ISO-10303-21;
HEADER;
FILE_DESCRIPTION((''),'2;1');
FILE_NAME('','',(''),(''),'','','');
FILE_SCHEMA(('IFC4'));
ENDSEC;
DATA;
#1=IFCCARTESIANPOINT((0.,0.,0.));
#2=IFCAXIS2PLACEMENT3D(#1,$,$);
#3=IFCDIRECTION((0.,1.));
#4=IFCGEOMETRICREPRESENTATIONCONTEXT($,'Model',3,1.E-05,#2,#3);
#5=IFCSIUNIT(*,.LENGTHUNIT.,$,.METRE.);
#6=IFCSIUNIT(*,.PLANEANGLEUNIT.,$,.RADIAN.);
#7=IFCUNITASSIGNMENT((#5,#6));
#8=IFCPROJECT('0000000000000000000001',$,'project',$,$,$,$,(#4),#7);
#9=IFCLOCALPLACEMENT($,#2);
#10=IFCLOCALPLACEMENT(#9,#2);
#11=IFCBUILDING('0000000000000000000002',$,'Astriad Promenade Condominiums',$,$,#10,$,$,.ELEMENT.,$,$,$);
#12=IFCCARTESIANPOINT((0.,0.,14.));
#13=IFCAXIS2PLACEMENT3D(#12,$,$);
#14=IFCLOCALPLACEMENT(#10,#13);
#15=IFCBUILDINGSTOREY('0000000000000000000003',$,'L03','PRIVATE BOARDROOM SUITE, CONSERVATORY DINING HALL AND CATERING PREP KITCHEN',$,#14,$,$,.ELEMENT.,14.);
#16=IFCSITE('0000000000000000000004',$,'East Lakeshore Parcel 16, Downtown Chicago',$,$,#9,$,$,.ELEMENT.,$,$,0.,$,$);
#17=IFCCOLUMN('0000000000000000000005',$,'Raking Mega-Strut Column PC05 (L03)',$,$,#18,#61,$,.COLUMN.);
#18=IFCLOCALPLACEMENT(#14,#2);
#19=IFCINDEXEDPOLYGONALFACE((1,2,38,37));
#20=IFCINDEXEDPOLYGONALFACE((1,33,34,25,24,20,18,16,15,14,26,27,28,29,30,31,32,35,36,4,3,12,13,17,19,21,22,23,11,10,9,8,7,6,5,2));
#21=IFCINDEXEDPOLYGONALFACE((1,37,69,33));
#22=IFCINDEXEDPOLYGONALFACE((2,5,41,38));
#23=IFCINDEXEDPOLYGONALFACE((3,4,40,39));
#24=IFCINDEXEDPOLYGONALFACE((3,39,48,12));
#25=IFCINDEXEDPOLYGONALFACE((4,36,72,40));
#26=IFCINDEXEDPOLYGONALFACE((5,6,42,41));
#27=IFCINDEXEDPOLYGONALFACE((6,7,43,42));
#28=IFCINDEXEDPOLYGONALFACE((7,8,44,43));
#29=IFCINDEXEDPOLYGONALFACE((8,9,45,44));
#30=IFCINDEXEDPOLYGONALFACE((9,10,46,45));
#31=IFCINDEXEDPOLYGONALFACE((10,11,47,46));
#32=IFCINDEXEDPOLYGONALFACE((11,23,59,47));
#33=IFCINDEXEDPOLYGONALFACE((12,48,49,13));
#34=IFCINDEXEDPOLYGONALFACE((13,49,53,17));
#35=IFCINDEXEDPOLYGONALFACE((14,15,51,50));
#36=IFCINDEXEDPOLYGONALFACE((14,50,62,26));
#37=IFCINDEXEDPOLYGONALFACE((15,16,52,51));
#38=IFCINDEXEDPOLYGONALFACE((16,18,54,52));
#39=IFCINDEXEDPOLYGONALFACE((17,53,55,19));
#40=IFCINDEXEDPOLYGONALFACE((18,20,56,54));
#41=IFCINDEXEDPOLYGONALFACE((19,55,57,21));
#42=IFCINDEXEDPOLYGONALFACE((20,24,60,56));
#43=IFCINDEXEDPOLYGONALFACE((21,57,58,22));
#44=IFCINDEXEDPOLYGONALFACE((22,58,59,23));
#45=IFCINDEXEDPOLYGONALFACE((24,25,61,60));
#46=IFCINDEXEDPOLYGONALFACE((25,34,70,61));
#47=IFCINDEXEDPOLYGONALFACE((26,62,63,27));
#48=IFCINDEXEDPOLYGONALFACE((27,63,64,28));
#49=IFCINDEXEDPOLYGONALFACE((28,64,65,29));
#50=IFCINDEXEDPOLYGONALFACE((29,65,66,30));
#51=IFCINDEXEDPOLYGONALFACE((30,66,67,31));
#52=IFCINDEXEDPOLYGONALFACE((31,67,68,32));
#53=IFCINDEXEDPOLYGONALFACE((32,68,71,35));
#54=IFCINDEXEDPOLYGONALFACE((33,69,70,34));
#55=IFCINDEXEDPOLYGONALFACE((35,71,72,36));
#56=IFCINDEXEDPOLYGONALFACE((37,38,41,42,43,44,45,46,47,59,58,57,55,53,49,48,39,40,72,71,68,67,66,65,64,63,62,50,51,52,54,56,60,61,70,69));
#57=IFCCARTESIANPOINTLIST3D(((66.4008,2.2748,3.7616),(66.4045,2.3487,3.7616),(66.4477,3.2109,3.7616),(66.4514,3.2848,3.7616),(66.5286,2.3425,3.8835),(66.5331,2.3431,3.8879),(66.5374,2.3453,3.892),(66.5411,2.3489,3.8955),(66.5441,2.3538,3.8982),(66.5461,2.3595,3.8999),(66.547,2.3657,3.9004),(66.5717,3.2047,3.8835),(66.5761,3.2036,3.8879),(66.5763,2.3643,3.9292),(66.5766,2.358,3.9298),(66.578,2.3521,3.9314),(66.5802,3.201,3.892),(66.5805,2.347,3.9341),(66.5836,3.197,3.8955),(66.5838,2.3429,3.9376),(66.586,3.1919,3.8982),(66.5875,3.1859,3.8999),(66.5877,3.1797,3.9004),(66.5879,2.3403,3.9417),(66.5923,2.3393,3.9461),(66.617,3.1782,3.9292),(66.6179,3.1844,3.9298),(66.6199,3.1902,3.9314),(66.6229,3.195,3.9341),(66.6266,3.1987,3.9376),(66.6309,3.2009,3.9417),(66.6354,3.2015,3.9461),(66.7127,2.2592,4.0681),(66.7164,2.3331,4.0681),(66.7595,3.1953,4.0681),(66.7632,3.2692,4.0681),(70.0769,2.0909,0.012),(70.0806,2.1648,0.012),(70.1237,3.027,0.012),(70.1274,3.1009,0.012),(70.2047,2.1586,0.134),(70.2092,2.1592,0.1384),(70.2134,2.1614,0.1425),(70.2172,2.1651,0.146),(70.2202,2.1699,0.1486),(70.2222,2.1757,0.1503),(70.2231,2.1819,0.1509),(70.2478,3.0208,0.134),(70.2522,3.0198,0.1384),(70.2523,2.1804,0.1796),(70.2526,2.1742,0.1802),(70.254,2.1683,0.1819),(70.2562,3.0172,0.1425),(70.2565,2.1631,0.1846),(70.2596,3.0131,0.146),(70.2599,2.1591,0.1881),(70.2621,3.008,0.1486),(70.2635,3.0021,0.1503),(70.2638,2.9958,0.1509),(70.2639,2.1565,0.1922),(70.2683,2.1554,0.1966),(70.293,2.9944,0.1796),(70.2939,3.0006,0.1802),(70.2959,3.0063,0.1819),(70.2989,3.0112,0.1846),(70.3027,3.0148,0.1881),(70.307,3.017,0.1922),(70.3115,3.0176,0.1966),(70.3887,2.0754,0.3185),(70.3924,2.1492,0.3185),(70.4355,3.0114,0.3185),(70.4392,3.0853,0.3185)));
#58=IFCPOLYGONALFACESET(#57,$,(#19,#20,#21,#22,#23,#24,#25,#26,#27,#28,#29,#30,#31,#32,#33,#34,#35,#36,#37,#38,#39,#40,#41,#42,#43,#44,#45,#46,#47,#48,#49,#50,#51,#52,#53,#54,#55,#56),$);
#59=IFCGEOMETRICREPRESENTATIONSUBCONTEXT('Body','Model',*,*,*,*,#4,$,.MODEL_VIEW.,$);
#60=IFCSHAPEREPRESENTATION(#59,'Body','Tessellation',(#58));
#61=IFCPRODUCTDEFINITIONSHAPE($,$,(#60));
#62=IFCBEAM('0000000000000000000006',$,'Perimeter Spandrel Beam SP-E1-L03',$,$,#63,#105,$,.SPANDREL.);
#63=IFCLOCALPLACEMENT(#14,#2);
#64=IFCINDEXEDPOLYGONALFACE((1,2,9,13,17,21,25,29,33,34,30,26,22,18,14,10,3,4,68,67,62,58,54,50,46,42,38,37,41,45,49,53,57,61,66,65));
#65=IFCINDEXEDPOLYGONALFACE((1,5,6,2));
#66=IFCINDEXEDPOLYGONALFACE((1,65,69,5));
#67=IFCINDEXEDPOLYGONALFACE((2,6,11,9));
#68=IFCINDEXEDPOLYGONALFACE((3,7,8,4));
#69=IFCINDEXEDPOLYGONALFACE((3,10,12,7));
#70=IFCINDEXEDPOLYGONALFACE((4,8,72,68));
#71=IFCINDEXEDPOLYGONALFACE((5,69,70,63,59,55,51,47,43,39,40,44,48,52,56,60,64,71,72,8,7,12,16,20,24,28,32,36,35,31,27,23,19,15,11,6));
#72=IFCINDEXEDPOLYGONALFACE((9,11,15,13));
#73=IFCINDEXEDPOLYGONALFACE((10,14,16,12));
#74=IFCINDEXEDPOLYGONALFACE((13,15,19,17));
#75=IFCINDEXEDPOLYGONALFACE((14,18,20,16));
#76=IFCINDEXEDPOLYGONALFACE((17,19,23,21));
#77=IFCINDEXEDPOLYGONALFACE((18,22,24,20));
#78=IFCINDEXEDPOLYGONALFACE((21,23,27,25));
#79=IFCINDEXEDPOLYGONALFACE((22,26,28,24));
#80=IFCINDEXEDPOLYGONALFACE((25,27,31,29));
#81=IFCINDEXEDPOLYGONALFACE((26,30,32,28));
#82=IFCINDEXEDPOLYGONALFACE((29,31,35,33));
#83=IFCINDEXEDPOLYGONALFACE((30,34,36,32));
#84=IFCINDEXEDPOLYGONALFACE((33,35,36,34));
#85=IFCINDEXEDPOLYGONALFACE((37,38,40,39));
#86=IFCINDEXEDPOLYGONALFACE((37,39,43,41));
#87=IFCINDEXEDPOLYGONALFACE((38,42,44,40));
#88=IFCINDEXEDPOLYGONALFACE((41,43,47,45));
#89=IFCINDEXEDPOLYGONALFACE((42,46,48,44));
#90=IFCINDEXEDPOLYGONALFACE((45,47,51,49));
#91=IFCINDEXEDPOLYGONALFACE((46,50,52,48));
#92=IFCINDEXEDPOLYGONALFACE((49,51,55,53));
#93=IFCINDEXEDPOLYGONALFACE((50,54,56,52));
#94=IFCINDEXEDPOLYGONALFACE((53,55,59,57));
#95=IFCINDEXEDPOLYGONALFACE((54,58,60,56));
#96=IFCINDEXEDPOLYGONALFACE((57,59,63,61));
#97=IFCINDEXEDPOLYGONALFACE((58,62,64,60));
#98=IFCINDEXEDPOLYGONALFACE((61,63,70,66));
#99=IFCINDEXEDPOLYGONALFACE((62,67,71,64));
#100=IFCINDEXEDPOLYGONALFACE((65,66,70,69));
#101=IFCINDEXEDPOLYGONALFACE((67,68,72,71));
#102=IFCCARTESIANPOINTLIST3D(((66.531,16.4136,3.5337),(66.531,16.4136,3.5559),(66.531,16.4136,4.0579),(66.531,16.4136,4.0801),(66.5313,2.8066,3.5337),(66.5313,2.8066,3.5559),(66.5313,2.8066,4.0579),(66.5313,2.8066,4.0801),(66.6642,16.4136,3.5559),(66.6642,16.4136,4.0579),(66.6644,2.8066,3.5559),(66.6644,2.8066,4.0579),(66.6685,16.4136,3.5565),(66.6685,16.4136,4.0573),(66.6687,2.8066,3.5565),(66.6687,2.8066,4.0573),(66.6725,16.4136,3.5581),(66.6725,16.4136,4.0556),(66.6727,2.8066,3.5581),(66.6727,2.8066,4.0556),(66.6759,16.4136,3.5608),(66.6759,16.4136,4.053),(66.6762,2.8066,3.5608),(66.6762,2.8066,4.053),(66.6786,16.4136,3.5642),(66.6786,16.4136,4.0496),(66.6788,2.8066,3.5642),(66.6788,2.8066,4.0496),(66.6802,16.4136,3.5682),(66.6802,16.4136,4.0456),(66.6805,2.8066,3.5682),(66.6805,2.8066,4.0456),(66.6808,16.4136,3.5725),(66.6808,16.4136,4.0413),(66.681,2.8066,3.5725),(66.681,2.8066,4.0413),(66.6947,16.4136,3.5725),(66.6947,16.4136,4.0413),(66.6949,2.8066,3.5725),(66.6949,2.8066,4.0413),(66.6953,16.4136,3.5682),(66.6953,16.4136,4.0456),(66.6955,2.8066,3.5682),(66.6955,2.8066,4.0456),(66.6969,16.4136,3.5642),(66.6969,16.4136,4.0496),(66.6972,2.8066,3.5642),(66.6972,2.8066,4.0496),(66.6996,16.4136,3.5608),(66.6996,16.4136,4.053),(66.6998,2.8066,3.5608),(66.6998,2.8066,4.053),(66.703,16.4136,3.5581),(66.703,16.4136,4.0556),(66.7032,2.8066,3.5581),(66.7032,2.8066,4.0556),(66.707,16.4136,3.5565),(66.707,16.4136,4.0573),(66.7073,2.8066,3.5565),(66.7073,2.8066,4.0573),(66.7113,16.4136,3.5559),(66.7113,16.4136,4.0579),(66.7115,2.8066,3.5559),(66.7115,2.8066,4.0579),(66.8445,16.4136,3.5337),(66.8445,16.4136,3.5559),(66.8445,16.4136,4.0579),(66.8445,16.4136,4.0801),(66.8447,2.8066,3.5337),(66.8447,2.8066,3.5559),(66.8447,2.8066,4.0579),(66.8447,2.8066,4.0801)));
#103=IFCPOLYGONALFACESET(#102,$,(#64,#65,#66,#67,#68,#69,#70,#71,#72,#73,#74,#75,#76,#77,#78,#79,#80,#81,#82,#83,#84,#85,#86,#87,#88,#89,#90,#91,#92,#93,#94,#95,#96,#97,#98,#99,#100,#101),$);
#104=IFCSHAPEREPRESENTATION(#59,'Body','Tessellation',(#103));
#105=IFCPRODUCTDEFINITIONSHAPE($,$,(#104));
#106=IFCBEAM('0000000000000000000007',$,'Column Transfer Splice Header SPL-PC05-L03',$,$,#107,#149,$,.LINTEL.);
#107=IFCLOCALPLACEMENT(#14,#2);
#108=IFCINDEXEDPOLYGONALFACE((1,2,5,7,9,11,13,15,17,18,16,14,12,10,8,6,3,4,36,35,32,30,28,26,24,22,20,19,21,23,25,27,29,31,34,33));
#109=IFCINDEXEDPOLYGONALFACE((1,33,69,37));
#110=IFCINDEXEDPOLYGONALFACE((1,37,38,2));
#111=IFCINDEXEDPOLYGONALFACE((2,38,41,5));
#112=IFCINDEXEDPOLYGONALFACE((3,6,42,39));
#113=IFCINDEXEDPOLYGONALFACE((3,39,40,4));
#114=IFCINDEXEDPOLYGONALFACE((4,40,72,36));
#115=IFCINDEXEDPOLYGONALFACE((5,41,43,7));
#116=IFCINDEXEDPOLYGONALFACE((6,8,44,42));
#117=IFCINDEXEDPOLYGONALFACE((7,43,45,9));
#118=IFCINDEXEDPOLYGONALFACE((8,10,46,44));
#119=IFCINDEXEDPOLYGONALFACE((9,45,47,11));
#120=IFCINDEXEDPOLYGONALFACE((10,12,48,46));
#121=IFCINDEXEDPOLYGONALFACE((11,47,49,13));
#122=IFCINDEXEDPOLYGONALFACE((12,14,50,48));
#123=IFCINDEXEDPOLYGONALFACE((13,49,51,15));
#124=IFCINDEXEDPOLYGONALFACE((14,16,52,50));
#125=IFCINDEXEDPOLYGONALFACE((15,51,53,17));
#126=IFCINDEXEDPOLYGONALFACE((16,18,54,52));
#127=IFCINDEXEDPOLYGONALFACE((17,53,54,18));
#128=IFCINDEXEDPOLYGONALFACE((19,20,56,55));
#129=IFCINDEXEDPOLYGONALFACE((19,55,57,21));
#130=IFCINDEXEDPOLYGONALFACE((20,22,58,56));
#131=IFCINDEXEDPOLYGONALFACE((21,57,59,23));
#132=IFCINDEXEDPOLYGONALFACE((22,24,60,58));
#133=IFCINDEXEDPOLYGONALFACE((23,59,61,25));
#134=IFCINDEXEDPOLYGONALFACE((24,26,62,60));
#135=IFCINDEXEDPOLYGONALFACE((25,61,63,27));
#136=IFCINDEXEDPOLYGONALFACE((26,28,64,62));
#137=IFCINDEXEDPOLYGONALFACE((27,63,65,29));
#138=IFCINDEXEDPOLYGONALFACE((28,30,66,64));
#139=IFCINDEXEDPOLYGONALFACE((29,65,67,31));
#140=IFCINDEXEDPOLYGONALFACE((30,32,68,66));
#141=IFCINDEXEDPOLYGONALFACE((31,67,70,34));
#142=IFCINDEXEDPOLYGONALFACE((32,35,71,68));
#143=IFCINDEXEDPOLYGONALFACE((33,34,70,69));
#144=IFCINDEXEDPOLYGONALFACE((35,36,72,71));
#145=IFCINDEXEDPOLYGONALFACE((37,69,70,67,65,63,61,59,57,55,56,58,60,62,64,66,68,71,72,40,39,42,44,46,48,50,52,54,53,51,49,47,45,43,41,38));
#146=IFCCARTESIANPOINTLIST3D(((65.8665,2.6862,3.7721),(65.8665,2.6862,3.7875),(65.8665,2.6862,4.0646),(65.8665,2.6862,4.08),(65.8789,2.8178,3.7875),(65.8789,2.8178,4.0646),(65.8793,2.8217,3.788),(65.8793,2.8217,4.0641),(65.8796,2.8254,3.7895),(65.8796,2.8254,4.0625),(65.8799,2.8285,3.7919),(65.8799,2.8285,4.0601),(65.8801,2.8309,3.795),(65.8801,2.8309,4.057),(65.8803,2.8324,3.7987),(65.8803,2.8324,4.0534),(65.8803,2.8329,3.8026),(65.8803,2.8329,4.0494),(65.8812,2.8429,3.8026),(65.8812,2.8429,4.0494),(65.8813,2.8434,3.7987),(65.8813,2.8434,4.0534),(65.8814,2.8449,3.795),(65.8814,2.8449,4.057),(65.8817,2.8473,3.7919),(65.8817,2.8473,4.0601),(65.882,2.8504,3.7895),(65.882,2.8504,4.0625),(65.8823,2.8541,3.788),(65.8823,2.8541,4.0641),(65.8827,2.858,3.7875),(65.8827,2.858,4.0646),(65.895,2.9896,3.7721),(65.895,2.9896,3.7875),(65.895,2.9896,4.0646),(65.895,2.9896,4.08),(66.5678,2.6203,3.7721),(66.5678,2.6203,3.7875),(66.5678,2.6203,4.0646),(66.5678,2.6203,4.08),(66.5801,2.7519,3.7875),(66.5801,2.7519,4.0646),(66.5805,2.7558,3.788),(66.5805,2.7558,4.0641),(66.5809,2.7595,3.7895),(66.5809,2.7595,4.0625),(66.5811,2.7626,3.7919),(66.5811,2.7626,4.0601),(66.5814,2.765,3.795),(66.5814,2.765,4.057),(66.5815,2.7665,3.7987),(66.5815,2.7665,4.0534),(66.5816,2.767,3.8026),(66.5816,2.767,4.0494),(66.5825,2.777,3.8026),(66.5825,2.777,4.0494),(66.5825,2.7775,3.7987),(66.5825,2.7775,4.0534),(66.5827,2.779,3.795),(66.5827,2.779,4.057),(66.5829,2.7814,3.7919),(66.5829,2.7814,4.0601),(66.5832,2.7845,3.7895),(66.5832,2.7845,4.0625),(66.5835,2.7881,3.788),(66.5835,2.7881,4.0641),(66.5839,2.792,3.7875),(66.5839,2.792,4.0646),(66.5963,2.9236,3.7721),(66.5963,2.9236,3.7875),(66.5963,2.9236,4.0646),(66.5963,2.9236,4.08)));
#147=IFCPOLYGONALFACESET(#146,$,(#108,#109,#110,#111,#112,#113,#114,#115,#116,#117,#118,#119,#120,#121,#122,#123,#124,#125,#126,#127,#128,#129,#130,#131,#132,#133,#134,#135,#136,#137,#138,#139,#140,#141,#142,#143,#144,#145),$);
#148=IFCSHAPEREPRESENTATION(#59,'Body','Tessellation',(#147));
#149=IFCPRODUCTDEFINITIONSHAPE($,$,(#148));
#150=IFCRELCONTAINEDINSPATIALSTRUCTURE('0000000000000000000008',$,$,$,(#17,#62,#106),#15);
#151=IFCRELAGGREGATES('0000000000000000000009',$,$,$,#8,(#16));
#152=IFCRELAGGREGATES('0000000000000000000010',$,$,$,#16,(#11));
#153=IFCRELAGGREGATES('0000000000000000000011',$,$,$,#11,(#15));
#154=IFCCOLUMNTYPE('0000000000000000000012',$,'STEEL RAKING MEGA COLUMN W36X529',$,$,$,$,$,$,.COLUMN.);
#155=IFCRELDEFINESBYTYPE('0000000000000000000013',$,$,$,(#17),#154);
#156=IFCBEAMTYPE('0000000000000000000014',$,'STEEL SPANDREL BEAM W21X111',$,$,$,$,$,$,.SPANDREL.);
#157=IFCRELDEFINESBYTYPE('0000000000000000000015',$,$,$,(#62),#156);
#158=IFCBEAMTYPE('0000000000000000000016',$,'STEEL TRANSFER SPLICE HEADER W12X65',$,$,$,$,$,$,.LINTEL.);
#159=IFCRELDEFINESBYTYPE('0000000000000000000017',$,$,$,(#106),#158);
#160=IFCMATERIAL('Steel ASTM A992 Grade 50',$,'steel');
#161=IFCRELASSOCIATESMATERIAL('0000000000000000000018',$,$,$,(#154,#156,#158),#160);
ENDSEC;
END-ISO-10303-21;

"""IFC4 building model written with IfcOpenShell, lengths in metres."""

from ifc_helpers import new_model, si_unit, direction, frame, origin, origin_2d, place, context, subcontext, project, spatial, i_section, extrude, source, transform, mapped, material, material_profile, profile_set, type_object, type_shapes, element, save


model = new_model("IFC4")

# Units and contexts
model_context = context("Model", 3, precision=1e-05, world=origin(), true_north=direction((0.0, 1.0)))
body_context = subcontext(model_context, "Body", "Model", "MODEL_VIEW")
ifc_project = project(units=[si_unit("LENGTHUNIT", "METRE"), si_unit("PLANEANGLEUNIT", "RADIAN")], contexts=[model_context])

# Site, building, storey
site_placement = place(None, origin())
site = spatial("IfcSite", under=ifc_project, at=site_placement, Name="East Lakeshore Parcel 16, Downtown Chicago", CompositionType="ELEMENT", RefElevation=0.0)
building_placement = place(site_placement, origin())
building = spatial("IfcBuilding", under=site, at=building_placement, Name="Astriad Promenade Condominiums", CompositionType="ELEMENT")
storey_placement = place(building_placement, frame((0.0, 0.0, 14.0)))
storey = spatial("IfcBuildingStorey", under=building, at=storey_placement, Name="L03", Description="PRIVATE BOARDROOM SUITE, CONSERVATORY DINING HALL AND CATERING PREP KITCHEN", CompositionType="ELEMENT", Elevation=14.0)

# Column
ifc_material_1 = material(Name="Steel ASTM A992 Grade 50", Category="steel")
ifc_material_profile_1 = material_profile(ifc_material_1, i_section(OverallWidth=0.4375, OverallDepth=1.0112, WebThickness=0.041, FlangeThickness=0.074, FilletRadius=0.0242, at=origin_2d()), Name="W36X529")
ifc_profile_set_1 = profile_set([ifc_material_profile_1], Name="Steel ASTM A992 Grade 50")
column_type = type_object("IfcColumnType", Name="STEEL RAKING MEGA COLUMN W36X529", PredefinedType="COLUMN", material=ifc_profile_set_1)
shared_shape_1 = source(origin(), body_context, "Body", "SweptSolid", [
    extrude(i_section(OverallWidth=0.4375, OverallDepth=1.0112, WebThickness=0.041, FlangeThickness=0.074, FilletRadius=0.0242, at=origin_2d()), origin(), (0.0, 0.0, 1.0), 5.2542),
])
type_shapes(column_type, [shared_shape_1])
column_placement = place(storey_placement, frame((70.2581, 2.5881, 0.1653), z_axis=(-0.699646, 0.034989, 0.713632), x_axis=(0.712742, -0.035644, 0.70052)))
element("IfcColumn", 1, at=column_placement, inside=storey, type_object=column_type, Name="Raking Mega-Strut Column PC05 (L03)", PredefinedType="COLUMN", context=body_context, shape_type="MappedRepresentation", body=[
    mapped(shared_shape_1, transform((0.0, 0.0, 0.0), scale=1.0)),
])

# Beams
ifc_material_profile_2 = material_profile(ifc_material_1, i_section(OverallWidth=0.3135, OverallDepth=0.5464, WebThickness=0.0139, FlangeThickness=0.0222, FilletRadius=0.0166, at=origin_2d()), Name="W21X111")
ifc_profile_set_2 = profile_set([ifc_material_profile_2], Name="Steel ASTM A992 Grade 50")
beam_type_1 = type_object("IfcBeamType", Name="STEEL SPANDREL BEAM W21X111", PredefinedType="SPANDREL", material=ifc_profile_set_2)
shared_shape_2 = source(origin(), body_context, "Body", "SweptSolid", [
    extrude(i_section(OverallWidth=0.3135, OverallDepth=0.5464, WebThickness=0.0139, FlangeThickness=0.0222, FilletRadius=0.0166, at=origin_2d()), origin(), (0.0, 0.0, 1.0), 13.6069),
])
type_shapes(beam_type_1, [shared_shape_2])
beam_1_placement = place(storey_placement, frame((66.688, 2.8066, 3.8069), z_axis=(-0.000018, 1.0, 0.0), x_axis=(-1.0, -0.000018, 0.0)))
element("IfcBeam", 2, at=beam_1_placement, inside=storey, type_object=beam_type_1, Name="Perimeter Spandrel Beam SP-E1-L03", PredefinedType="SPANDREL", context=body_context, shape_type="MappedRepresentation", body=[
    mapped(shared_shape_2, transform((0.0, 0.0, 0.0), scale=1.0)),
])
ifc_material_profile_3 = material_profile(ifc_material_1, i_section(OverallWidth=0.3047, OverallDepth=0.3079, WebThickness=0.01, FlangeThickness=0.0154, FilletRadius=0.0151, at=origin_2d()), Name="W12X65")
ifc_profile_set_3 = profile_set([ifc_material_profile_3], Name="Steel ASTM A992 Grade 50")
beam_type_2 = type_object("IfcBeamType", Name="STEEL TRANSFER SPLICE HEADER W12X65", PredefinedType="LINTEL", material=ifc_profile_set_3)
shared_shape_3 = source(origin(), body_context, "Body", "SweptSolid", [
    extrude(i_section(OverallWidth=0.3047, OverallDepth=0.3079, WebThickness=0.01, FlangeThickness=0.0154, FilletRadius=0.0151, at=origin_2d()), origin(), (0.0, 0.0, 1.0), 0.7043),
])
type_shapes(beam_type_2, [shared_shape_3])
beam_2_placement = place(storey_placement, frame((66.582, 2.772, 3.926), z_axis=(-0.99561, 0.093598, 0.0), x_axis=(-0.093598, -0.99561, 0.0)))
element("IfcBeam", 3, at=beam_2_placement, inside=storey, type_object=beam_type_2, Name="Column Transfer Splice Header SPL-PC05-L03", PredefinedType="LINTEL", context=body_context, shape_type="MappedRepresentation", body=[
    mapped(shared_shape_3, transform((0.0, 0.0, 0.0), scale=1.0)),
])

save(model, "model.ifc")
